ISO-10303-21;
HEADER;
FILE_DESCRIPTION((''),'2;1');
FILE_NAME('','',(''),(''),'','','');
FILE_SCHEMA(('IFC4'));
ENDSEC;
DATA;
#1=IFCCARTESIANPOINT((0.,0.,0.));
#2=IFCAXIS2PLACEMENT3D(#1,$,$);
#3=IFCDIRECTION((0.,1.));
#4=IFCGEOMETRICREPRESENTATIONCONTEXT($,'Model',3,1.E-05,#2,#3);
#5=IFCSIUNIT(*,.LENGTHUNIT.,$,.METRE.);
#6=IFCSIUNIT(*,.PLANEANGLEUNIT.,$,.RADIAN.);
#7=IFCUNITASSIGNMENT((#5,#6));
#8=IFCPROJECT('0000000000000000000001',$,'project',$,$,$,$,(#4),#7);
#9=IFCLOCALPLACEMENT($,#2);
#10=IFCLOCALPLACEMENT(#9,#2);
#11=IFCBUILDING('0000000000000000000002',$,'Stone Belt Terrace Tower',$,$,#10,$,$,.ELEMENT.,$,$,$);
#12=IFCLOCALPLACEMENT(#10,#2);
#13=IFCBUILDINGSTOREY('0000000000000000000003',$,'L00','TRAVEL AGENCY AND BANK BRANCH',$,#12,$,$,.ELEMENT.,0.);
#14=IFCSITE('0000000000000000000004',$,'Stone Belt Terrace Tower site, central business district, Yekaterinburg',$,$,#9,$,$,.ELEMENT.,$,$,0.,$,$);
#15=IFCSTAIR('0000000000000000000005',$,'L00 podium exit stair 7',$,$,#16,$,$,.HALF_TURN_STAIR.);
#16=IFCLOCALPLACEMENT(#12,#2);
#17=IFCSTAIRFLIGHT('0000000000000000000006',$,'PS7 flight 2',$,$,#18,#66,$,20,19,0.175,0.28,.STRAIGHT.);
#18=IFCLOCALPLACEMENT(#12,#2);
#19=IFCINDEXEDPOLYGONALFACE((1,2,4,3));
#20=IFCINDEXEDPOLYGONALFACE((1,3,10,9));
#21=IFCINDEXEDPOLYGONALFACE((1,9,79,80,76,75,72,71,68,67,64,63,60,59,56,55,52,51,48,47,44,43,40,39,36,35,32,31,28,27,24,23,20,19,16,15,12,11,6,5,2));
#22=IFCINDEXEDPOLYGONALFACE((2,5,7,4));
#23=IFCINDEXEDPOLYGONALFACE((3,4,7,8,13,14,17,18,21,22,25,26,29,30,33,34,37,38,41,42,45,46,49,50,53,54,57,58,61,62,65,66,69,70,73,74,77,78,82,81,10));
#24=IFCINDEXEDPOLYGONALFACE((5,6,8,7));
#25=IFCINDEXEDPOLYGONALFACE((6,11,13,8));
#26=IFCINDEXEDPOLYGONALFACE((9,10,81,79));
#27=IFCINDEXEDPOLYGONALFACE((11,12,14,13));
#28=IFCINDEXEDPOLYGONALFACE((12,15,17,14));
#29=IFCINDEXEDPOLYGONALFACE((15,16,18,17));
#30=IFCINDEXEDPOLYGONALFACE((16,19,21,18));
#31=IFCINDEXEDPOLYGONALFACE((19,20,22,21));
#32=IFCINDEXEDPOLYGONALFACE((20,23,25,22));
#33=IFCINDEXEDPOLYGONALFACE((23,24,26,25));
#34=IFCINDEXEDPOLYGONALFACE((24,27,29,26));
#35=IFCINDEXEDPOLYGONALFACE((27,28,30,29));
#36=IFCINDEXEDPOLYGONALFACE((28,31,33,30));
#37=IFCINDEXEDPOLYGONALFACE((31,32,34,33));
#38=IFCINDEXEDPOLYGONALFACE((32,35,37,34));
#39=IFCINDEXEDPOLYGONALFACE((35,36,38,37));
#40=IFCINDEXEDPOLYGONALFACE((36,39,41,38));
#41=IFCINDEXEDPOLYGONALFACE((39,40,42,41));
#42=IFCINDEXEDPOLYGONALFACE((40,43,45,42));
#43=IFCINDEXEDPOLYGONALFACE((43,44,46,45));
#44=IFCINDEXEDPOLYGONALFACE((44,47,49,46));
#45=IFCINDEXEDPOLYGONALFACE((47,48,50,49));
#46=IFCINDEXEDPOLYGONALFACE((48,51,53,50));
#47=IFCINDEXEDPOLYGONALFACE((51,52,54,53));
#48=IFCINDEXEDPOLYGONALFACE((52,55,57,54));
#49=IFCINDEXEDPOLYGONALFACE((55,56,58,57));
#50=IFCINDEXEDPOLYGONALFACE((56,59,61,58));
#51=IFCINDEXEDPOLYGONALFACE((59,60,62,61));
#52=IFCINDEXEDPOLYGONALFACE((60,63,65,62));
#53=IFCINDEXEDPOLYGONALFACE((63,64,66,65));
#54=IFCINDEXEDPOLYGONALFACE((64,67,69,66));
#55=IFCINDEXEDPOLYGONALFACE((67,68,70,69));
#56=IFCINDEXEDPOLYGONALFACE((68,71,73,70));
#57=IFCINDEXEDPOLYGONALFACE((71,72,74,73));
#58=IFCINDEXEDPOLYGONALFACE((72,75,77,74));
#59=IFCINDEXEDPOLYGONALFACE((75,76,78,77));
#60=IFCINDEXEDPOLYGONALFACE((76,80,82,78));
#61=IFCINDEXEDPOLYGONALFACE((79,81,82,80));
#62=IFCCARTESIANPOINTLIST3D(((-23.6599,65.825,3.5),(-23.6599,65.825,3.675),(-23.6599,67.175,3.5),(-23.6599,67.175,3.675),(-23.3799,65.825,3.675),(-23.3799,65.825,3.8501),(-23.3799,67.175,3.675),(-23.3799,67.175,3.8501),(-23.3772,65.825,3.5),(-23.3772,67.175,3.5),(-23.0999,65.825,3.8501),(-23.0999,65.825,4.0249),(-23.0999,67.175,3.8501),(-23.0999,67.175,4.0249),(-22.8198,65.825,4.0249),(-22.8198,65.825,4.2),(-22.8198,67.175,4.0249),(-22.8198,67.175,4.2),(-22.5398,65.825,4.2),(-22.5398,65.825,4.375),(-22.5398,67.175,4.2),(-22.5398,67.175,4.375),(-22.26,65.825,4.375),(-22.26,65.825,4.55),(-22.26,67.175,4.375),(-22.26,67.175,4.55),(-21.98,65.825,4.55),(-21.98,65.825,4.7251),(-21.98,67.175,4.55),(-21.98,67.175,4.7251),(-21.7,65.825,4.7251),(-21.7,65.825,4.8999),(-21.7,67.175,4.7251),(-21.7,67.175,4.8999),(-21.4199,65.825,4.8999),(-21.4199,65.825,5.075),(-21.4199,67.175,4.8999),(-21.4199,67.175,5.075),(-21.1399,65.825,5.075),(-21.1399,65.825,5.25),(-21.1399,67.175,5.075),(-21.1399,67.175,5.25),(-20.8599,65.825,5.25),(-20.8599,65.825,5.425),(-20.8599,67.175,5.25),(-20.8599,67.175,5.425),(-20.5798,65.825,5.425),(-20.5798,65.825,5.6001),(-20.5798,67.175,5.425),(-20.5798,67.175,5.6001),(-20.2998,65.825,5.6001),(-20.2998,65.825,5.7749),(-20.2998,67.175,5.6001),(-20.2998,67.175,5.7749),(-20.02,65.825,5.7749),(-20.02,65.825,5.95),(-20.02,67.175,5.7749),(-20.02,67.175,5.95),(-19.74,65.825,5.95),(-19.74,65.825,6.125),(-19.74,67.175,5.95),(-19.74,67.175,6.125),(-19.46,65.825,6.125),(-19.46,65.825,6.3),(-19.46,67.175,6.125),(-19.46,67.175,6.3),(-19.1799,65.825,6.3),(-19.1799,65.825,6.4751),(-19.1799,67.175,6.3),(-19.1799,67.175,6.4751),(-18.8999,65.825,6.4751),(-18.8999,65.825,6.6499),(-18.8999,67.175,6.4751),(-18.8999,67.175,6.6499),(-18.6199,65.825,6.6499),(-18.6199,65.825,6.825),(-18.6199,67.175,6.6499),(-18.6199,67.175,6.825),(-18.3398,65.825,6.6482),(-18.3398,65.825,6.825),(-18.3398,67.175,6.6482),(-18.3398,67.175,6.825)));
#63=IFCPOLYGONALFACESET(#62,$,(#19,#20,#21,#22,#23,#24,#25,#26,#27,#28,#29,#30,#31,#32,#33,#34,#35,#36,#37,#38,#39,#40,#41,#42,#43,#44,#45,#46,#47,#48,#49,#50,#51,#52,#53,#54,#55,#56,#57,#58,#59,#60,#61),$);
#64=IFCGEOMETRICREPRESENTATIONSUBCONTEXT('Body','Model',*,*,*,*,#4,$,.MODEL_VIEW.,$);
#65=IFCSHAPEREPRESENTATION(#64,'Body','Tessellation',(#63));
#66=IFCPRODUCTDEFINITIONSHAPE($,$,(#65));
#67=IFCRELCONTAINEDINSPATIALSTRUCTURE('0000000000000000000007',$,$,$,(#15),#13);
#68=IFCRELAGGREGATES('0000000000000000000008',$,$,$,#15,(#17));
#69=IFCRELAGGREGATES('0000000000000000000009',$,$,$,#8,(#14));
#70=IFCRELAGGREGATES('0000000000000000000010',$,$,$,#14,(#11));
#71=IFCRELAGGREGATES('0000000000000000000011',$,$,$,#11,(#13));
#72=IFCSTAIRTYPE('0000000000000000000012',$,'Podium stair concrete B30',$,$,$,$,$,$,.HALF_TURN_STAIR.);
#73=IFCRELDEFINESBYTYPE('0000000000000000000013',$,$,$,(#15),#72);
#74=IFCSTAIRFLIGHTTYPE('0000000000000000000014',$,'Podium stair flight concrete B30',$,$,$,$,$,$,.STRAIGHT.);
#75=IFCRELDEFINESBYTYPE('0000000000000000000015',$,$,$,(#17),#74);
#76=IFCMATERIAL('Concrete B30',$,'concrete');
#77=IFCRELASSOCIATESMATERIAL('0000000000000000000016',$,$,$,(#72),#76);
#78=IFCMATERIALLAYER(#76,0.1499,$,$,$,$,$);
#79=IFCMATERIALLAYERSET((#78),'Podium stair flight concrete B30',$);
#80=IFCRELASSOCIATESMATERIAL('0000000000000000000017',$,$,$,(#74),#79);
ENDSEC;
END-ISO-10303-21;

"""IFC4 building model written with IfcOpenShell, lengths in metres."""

from ifc_helpers import new_model, si_unit, direction, frame, origin, place, context, subcontext, project, spatial, polyline, outline, extrude, material, layer, layer_set, type_object, element, aggregate, save


model = new_model("IFC4")

# Units and contexts
model_context = context("Model", 3, precision=1e-05, world=origin(), true_north=direction((0.0, 1.0)))
body_context = subcontext(model_context, "Body", "Model", "MODEL_VIEW")
ifc_project = project(units=[si_unit("LENGTHUNIT", "METRE"), si_unit("PLANEANGLEUNIT", "RADIAN")], contexts=[model_context])

# Site, building, storey
site_placement = place(None, origin())
site = spatial("IfcSite", under=ifc_project, at=site_placement, Name="Stone Belt Terrace Tower site, central business district, Yekaterinburg", CompositionType="ELEMENT", RefElevation=0.0)
building_placement = place(site_placement, origin())
building = spatial("IfcBuilding", under=site, at=building_placement, Name="Stone Belt Terrace Tower", CompositionType="ELEMENT")
storey_placement = place(building_placement, origin())
storey = spatial("IfcBuildingStorey", under=building, at=storey_placement, Name="L00", Description="TRAVEL AGENCY AND BANK BRANCH", CompositionType="ELEMENT", Elevation=0.0)

# Stair, stair flight
ifc_material_1 = material(Name="Concrete B30", Category="concrete")
stair_type = type_object("IfcStairType", Name="Podium stair concrete B30", PredefinedType="HALF_TURN_STAIR", material=ifc_material_1)
stair_placement = place(storey_placement, origin())
stair = element("IfcStair", 1, at=stair_placement, inside=storey, type_object=stair_type, Name="L00 podium exit stair 7", PredefinedType="HALF_TURN_STAIR")
ifc_layer_1 = layer(ifc_material_1, 0.1499)
ifc_layer_set_1 = layer_set([ifc_layer_1], Name="Podium stair flight concrete B30")
stair_flight_type = type_object("IfcStairFlightType", Name="Podium stair flight concrete B30", PredefinedType="STRAIGHT", material=ifc_layer_set_1)
stair_flight_1_placement = place(storey_placement, frame((-23.6599, 66.5, 3.5), z_axis=(0.0, 0.0, 1.0), x_axis=(1.0, 0.0, 0.0)))
stair_flight_1 = element("IfcStairFlight", 2, at=stair_flight_1_placement, type_object=stair_flight_type, Name="PS7 flight 2", NumberOfRisers=20, NumberOfTreads=19, PredefinedType="STRAIGHT", RiserHeight=0.175, TreadLength=0.28, context=body_context, shape_type="SweptSolid", body=[
    extrude(outline(polyline([(0.0, 0.0), (0.0, 0.175), (0.28, 0.175), (0.28, 0.3501), (0.5601, 0.3501), (0.5601, 0.5249), (0.8401, 0.5249), (0.8401, 0.7), (1.1201, 0.7), (1.1201, 0.875), (1.3999, 0.875), (1.3999, 1.05), (1.6799, 1.05), (1.6799, 1.2251), (1.96, 1.2251), (1.96, 1.3999), (2.24, 1.3999), (2.24, 1.575), (2.52, 1.575), (2.52, 1.75), (2.8, 1.75), (2.8, 1.925), (3.0801, 1.925), (3.0801, 2.1001), (3.3601, 2.1001), (3.3601, 2.2749), (3.6399, 2.2749), (3.6399, 2.45), (3.9199, 2.45), (3.9199, 2.625), (4.2, 2.625), (4.2, 2.8), (4.48, 2.8), (4.48, 2.9751), (4.76, 2.9751), (4.76, 3.1499), (5.04, 3.1499), (5.04, 3.325), (5.3201, 3.325), (5.3201, 3.5), (5.3201, 3.1482), (0.2827, 0.0), (0.0, 0.0)])), frame((0.0, 0.675, 0.0), z_axis=(0.0, -1.0, 0.0), x_axis=(1.0, 0.0, 0.0)), (0.0, 0.0, 1.0), 1.3501),
])
aggregate(stair, [stair_flight_1])

save(model, "model.ifc")
